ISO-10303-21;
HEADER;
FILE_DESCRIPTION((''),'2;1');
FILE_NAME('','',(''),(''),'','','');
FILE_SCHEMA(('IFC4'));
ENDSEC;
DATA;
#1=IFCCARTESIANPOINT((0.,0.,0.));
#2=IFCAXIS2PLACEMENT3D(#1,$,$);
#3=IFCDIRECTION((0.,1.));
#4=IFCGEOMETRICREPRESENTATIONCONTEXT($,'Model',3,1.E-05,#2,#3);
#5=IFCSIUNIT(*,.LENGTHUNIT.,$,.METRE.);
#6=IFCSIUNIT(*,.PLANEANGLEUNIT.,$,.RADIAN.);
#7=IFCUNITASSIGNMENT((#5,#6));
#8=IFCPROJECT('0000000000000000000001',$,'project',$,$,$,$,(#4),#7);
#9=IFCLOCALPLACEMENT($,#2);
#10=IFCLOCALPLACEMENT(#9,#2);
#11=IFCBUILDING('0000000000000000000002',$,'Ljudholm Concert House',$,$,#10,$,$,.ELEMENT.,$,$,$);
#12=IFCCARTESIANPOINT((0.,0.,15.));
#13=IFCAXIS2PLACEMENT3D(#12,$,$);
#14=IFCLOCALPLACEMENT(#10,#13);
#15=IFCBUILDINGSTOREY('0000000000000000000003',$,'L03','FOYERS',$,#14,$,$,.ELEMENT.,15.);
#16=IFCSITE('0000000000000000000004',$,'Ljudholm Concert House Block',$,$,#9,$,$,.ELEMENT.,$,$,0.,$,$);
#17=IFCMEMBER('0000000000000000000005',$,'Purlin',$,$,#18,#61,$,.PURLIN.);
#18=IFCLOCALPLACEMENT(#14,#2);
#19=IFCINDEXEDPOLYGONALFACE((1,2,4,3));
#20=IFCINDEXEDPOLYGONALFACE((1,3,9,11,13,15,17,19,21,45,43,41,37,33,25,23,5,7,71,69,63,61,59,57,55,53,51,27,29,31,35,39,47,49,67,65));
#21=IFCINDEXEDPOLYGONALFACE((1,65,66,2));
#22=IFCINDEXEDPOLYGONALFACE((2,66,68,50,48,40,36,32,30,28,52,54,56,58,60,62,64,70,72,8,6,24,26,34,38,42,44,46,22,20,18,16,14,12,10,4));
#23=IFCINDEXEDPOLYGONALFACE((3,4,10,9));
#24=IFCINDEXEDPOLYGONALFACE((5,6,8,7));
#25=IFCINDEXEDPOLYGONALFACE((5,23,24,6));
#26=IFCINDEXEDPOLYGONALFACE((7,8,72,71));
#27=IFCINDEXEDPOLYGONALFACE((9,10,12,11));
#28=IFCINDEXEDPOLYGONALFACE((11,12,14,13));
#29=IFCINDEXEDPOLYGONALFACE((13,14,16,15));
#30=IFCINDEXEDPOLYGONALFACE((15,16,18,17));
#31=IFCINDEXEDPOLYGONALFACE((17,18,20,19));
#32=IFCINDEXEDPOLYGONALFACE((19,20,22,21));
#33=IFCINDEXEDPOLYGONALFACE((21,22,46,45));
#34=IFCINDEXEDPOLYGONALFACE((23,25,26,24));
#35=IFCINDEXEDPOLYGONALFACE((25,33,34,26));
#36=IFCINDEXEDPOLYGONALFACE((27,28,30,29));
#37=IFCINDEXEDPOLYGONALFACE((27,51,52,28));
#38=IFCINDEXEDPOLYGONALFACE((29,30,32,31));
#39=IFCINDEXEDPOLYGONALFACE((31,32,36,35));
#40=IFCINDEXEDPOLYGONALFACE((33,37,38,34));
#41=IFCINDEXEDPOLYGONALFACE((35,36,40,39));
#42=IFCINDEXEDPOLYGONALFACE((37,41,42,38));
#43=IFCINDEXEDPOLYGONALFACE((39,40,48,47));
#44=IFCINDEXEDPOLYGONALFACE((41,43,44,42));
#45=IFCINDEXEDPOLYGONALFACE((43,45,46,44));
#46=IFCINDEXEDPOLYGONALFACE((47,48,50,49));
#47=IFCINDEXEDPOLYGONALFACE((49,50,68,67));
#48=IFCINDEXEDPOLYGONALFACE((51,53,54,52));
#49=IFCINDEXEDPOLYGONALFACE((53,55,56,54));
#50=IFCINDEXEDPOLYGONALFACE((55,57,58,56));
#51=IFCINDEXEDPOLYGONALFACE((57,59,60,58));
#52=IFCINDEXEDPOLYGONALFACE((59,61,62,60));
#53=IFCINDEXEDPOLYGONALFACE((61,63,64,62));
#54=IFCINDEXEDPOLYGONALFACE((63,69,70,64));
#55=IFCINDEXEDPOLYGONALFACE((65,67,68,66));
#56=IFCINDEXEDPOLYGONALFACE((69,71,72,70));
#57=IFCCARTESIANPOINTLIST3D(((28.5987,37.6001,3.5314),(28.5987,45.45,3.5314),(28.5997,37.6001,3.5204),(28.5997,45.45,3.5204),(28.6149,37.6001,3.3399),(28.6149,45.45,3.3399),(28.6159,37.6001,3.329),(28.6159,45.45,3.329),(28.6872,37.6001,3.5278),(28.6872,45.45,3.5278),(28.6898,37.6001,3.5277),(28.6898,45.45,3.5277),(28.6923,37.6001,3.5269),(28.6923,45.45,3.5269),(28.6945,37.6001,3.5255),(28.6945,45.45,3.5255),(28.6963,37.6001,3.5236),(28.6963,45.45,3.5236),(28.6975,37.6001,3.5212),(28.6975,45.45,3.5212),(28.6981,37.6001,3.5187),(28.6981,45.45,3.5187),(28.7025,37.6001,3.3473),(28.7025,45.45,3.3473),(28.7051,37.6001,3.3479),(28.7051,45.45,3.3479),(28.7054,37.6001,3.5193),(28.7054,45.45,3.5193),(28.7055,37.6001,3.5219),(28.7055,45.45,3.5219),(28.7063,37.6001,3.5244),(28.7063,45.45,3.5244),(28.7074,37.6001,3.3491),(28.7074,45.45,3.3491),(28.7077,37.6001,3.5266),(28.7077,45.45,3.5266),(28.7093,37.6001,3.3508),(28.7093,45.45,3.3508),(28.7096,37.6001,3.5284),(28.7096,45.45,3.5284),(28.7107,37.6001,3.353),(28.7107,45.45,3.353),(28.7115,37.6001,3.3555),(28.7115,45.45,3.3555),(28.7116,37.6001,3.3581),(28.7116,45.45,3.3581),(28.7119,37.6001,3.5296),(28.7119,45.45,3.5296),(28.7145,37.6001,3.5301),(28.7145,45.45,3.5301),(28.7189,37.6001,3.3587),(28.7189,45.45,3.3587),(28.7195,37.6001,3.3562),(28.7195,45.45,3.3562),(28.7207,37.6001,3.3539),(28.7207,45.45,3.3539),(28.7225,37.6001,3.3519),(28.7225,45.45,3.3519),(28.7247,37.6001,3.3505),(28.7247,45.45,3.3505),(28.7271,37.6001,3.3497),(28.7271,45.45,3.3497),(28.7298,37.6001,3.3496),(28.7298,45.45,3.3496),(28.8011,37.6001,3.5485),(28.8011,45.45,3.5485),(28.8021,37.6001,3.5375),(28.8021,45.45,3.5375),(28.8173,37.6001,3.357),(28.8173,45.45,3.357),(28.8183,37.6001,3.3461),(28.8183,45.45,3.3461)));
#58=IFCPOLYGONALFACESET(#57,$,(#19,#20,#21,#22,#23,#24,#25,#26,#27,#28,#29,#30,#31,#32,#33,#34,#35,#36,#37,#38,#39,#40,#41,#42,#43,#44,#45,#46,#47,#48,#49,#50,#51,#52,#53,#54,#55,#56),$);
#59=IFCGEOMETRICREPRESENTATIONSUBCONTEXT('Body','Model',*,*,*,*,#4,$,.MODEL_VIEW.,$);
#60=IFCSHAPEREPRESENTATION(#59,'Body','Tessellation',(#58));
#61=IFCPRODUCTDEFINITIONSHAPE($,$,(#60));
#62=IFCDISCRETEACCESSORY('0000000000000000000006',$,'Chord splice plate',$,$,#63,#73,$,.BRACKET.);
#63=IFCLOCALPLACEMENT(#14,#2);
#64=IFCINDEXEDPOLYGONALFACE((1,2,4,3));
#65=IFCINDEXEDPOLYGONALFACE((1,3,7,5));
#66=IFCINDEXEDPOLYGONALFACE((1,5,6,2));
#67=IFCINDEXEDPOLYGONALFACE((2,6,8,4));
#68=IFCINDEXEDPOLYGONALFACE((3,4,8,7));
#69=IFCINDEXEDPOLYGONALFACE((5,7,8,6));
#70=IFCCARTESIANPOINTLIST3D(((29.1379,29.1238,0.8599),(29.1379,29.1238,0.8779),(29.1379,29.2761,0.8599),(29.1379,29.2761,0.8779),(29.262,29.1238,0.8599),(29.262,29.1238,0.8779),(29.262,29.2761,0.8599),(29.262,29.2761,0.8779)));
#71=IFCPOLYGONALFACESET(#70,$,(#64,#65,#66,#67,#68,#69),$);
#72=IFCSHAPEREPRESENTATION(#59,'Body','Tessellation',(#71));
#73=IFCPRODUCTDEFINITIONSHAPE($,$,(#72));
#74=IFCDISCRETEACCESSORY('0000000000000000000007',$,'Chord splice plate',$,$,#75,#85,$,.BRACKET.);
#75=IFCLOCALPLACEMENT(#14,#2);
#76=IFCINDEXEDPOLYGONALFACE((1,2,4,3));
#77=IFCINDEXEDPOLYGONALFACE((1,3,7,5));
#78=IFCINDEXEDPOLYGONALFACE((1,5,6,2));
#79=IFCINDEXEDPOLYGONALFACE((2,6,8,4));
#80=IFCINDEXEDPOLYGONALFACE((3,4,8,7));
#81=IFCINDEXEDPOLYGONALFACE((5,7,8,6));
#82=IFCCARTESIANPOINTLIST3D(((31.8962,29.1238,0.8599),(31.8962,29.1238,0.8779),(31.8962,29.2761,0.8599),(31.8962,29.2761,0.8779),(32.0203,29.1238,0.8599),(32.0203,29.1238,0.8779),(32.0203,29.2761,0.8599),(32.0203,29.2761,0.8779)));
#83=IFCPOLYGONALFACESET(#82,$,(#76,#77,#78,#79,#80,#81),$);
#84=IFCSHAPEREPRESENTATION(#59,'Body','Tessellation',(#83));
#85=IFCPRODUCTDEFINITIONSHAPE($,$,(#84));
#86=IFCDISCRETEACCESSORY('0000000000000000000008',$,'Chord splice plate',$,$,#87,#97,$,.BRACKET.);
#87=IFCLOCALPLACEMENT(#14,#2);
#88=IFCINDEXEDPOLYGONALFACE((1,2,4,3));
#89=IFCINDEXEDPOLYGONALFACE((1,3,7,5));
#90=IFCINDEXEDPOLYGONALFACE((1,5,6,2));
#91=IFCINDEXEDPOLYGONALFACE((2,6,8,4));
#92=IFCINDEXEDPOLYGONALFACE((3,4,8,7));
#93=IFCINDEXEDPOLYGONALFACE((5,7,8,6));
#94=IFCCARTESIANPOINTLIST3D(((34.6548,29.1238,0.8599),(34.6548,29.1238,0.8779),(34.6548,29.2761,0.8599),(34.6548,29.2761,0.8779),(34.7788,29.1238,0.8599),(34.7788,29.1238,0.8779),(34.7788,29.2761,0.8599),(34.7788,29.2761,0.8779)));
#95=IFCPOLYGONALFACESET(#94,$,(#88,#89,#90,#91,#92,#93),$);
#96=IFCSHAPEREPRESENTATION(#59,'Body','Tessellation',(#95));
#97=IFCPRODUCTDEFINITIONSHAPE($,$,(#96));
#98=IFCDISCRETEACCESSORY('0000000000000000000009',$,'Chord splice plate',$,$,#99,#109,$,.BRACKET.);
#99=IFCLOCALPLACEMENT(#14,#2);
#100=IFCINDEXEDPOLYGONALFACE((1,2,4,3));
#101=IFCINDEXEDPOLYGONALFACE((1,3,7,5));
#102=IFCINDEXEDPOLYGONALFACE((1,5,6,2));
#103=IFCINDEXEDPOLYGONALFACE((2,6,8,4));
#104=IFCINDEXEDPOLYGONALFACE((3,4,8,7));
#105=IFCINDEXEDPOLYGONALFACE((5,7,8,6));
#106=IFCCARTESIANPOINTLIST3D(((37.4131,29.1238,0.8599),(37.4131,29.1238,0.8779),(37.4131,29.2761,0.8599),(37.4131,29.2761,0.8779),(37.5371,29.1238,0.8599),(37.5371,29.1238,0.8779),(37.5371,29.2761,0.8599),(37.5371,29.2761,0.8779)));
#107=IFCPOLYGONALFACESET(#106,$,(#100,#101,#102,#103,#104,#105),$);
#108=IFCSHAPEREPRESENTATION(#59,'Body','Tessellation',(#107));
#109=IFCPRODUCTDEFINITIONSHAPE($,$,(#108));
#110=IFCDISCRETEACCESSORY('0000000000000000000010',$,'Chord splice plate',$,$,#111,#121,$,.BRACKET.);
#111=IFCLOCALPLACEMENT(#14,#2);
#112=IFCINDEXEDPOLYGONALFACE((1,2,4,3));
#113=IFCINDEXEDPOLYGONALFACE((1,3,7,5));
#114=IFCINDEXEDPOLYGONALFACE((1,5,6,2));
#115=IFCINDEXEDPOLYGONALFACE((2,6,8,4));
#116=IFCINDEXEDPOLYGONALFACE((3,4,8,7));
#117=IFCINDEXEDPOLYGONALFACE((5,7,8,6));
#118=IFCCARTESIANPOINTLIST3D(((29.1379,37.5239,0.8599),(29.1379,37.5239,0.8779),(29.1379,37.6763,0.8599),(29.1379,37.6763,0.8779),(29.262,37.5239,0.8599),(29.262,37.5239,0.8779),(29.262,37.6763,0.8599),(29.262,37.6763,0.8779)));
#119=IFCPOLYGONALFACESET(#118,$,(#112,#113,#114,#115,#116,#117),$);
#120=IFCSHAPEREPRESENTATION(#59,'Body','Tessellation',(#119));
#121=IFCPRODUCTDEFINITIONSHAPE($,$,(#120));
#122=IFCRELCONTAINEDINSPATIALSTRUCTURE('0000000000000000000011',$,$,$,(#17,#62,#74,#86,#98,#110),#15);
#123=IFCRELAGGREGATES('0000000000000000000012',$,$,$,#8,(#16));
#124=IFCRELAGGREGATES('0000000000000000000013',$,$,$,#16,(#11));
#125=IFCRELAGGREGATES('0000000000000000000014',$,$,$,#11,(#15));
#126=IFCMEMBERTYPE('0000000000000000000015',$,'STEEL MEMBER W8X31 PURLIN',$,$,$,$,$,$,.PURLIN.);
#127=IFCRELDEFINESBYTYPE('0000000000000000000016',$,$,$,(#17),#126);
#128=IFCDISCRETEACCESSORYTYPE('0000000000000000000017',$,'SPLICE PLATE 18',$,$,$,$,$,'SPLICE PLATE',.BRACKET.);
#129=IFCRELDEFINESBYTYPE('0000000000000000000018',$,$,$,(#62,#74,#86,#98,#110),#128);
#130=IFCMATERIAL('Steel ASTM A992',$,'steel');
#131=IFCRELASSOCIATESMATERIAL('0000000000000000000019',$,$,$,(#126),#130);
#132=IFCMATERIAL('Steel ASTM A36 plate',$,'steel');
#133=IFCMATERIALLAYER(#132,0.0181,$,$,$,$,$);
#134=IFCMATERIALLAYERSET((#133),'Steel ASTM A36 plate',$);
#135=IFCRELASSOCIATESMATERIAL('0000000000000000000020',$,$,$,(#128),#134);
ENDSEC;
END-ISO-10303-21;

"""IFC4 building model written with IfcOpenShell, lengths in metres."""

from ifc_helpers import new_model, si_unit, direction, frame, origin, origin_2d, place, context, subcontext, project, spatial, rectangle, i_section, extrude, material, layer, layer_set, material_profile, profile_set, type_object, element, save


model = new_model("IFC4")

# Units and contexts
model_context = context("Model", 3, precision=1e-05, world=origin(), true_north=direction((0.0, 1.0)))
body_context = subcontext(model_context, "Body", "Model", "MODEL_VIEW")
ifc_project = project(units=[si_unit("LENGTHUNIT", "METRE"), si_unit("PLANEANGLEUNIT", "RADIAN")], contexts=[model_context])

# Site, building, storey
site_placement = place(None, origin())
site = spatial("IfcSite", under=ifc_project, at=site_placement, Name="Ljudholm Concert House Block", CompositionType="ELEMENT", RefElevation=0.0)
building_placement = place(site_placement, origin())
building = spatial("IfcBuilding", under=site, at=building_placement, Name="Ljudholm Concert House", CompositionType="ELEMENT")
storey_placement = place(building_placement, frame((0.0, 0.0, 15.0)))
storey = spatial("IfcBuildingStorey", under=building, at=storey_placement, Name="L03", Description="FOYERS", CompositionType="ELEMENT", Elevation=15.0)

# Member
ifc_material_1 = material(Name="Steel ASTM A992", Category="steel")
ifc_material_profile_1 = material_profile(ifc_material_1, i_section(OverallWidth=0.2031, OverallDepth=0.2031, WebThickness=0.0073, FlangeThickness=0.011, FilletRadius=0.01, at=origin_2d()), Name="W8X31")
ifc_profile_set_1 = profile_set([ifc_material_profile_1], Name="Steel ASTM A992")
member_type_1 = type_object("IfcMemberType", Name="STEEL MEMBER W8X31 PURLIN", PredefinedType="PURLIN", material=ifc_profile_set_1)
member_1_placement = place(storey_placement, frame((28.7085, 37.6001, 3.4387), z_axis=(0.0, 1.0, 0.0), x_axis=(-0.996441, 0.0, -0.084291)))
element("IfcMember", 1, at=member_1_placement, inside=storey, type_object=member_type_1, Name="Purlin", PredefinedType="PURLIN", context=body_context, shape_type="SweptSolid", body=[
    extrude(i_section(OverallWidth=0.2031, OverallDepth=0.2031, WebThickness=0.0073, FlangeThickness=0.011, FilletRadius=0.01, at=origin_2d()), origin(), (0.0, 0.0, 1.0), 7.8499),
])

# Discrete accessories
ifc_material_2 = material(Name="Steel ASTM A36 plate", Category="steel")
ifc_layer = layer(ifc_material_2, 0.0181)
ifc_layer_set = layer_set([ifc_layer], Name="Steel ASTM A36 plate")
discrete_accessory_type = type_object("IfcDiscreteAccessoryType", Name="SPLICE PLATE 18", ElementType="SPLICE PLATE", PredefinedType="BRACKET", material=ifc_layer_set)
for number, where, z_axis, x_axis, name in (
    (2, (29.2, 29.2, 0.8599), (0.0, 0.0, 1.0), (1.0, 0.0, 0.0), "Chord splice plate"),
    (3, (31.9583, 29.2, 0.8599), (0.0, 0.0, 1.0), (1.0, 0.0, 0.0), "Chord splice plate"),
    (4, (34.7168, 29.2, 0.8599), (0.0, 0.0, 1.0), (1.0, 0.0, 0.0), "Chord splice plate"),
    (5, (37.4751, 29.2, 0.8599), (0.0, 0.0, 1.0), (1.0, 0.0, 0.0), "Chord splice plate"),
    (6, (29.2, 37.6001, 0.8599), (0.0, 0.0, 1.0), (1.0, 0.0, 0.0), "Chord splice plate"),
):
    element("IfcDiscreteAccessory", number, at=place(storey_placement, frame(where, z_axis=z_axis, x_axis=x_axis)), inside=storey, type_object=discrete_accessory_type, Name=name, PredefinedType="BRACKET", context=body_context, shape_type="SweptSolid", body=[
        extrude(rectangle(XDim=0.124, YDim=0.1523, at=origin_2d()), origin(), (0.0, 0.0, 1.0), 0.0181),
    ])

save(model, "model.ifc")
